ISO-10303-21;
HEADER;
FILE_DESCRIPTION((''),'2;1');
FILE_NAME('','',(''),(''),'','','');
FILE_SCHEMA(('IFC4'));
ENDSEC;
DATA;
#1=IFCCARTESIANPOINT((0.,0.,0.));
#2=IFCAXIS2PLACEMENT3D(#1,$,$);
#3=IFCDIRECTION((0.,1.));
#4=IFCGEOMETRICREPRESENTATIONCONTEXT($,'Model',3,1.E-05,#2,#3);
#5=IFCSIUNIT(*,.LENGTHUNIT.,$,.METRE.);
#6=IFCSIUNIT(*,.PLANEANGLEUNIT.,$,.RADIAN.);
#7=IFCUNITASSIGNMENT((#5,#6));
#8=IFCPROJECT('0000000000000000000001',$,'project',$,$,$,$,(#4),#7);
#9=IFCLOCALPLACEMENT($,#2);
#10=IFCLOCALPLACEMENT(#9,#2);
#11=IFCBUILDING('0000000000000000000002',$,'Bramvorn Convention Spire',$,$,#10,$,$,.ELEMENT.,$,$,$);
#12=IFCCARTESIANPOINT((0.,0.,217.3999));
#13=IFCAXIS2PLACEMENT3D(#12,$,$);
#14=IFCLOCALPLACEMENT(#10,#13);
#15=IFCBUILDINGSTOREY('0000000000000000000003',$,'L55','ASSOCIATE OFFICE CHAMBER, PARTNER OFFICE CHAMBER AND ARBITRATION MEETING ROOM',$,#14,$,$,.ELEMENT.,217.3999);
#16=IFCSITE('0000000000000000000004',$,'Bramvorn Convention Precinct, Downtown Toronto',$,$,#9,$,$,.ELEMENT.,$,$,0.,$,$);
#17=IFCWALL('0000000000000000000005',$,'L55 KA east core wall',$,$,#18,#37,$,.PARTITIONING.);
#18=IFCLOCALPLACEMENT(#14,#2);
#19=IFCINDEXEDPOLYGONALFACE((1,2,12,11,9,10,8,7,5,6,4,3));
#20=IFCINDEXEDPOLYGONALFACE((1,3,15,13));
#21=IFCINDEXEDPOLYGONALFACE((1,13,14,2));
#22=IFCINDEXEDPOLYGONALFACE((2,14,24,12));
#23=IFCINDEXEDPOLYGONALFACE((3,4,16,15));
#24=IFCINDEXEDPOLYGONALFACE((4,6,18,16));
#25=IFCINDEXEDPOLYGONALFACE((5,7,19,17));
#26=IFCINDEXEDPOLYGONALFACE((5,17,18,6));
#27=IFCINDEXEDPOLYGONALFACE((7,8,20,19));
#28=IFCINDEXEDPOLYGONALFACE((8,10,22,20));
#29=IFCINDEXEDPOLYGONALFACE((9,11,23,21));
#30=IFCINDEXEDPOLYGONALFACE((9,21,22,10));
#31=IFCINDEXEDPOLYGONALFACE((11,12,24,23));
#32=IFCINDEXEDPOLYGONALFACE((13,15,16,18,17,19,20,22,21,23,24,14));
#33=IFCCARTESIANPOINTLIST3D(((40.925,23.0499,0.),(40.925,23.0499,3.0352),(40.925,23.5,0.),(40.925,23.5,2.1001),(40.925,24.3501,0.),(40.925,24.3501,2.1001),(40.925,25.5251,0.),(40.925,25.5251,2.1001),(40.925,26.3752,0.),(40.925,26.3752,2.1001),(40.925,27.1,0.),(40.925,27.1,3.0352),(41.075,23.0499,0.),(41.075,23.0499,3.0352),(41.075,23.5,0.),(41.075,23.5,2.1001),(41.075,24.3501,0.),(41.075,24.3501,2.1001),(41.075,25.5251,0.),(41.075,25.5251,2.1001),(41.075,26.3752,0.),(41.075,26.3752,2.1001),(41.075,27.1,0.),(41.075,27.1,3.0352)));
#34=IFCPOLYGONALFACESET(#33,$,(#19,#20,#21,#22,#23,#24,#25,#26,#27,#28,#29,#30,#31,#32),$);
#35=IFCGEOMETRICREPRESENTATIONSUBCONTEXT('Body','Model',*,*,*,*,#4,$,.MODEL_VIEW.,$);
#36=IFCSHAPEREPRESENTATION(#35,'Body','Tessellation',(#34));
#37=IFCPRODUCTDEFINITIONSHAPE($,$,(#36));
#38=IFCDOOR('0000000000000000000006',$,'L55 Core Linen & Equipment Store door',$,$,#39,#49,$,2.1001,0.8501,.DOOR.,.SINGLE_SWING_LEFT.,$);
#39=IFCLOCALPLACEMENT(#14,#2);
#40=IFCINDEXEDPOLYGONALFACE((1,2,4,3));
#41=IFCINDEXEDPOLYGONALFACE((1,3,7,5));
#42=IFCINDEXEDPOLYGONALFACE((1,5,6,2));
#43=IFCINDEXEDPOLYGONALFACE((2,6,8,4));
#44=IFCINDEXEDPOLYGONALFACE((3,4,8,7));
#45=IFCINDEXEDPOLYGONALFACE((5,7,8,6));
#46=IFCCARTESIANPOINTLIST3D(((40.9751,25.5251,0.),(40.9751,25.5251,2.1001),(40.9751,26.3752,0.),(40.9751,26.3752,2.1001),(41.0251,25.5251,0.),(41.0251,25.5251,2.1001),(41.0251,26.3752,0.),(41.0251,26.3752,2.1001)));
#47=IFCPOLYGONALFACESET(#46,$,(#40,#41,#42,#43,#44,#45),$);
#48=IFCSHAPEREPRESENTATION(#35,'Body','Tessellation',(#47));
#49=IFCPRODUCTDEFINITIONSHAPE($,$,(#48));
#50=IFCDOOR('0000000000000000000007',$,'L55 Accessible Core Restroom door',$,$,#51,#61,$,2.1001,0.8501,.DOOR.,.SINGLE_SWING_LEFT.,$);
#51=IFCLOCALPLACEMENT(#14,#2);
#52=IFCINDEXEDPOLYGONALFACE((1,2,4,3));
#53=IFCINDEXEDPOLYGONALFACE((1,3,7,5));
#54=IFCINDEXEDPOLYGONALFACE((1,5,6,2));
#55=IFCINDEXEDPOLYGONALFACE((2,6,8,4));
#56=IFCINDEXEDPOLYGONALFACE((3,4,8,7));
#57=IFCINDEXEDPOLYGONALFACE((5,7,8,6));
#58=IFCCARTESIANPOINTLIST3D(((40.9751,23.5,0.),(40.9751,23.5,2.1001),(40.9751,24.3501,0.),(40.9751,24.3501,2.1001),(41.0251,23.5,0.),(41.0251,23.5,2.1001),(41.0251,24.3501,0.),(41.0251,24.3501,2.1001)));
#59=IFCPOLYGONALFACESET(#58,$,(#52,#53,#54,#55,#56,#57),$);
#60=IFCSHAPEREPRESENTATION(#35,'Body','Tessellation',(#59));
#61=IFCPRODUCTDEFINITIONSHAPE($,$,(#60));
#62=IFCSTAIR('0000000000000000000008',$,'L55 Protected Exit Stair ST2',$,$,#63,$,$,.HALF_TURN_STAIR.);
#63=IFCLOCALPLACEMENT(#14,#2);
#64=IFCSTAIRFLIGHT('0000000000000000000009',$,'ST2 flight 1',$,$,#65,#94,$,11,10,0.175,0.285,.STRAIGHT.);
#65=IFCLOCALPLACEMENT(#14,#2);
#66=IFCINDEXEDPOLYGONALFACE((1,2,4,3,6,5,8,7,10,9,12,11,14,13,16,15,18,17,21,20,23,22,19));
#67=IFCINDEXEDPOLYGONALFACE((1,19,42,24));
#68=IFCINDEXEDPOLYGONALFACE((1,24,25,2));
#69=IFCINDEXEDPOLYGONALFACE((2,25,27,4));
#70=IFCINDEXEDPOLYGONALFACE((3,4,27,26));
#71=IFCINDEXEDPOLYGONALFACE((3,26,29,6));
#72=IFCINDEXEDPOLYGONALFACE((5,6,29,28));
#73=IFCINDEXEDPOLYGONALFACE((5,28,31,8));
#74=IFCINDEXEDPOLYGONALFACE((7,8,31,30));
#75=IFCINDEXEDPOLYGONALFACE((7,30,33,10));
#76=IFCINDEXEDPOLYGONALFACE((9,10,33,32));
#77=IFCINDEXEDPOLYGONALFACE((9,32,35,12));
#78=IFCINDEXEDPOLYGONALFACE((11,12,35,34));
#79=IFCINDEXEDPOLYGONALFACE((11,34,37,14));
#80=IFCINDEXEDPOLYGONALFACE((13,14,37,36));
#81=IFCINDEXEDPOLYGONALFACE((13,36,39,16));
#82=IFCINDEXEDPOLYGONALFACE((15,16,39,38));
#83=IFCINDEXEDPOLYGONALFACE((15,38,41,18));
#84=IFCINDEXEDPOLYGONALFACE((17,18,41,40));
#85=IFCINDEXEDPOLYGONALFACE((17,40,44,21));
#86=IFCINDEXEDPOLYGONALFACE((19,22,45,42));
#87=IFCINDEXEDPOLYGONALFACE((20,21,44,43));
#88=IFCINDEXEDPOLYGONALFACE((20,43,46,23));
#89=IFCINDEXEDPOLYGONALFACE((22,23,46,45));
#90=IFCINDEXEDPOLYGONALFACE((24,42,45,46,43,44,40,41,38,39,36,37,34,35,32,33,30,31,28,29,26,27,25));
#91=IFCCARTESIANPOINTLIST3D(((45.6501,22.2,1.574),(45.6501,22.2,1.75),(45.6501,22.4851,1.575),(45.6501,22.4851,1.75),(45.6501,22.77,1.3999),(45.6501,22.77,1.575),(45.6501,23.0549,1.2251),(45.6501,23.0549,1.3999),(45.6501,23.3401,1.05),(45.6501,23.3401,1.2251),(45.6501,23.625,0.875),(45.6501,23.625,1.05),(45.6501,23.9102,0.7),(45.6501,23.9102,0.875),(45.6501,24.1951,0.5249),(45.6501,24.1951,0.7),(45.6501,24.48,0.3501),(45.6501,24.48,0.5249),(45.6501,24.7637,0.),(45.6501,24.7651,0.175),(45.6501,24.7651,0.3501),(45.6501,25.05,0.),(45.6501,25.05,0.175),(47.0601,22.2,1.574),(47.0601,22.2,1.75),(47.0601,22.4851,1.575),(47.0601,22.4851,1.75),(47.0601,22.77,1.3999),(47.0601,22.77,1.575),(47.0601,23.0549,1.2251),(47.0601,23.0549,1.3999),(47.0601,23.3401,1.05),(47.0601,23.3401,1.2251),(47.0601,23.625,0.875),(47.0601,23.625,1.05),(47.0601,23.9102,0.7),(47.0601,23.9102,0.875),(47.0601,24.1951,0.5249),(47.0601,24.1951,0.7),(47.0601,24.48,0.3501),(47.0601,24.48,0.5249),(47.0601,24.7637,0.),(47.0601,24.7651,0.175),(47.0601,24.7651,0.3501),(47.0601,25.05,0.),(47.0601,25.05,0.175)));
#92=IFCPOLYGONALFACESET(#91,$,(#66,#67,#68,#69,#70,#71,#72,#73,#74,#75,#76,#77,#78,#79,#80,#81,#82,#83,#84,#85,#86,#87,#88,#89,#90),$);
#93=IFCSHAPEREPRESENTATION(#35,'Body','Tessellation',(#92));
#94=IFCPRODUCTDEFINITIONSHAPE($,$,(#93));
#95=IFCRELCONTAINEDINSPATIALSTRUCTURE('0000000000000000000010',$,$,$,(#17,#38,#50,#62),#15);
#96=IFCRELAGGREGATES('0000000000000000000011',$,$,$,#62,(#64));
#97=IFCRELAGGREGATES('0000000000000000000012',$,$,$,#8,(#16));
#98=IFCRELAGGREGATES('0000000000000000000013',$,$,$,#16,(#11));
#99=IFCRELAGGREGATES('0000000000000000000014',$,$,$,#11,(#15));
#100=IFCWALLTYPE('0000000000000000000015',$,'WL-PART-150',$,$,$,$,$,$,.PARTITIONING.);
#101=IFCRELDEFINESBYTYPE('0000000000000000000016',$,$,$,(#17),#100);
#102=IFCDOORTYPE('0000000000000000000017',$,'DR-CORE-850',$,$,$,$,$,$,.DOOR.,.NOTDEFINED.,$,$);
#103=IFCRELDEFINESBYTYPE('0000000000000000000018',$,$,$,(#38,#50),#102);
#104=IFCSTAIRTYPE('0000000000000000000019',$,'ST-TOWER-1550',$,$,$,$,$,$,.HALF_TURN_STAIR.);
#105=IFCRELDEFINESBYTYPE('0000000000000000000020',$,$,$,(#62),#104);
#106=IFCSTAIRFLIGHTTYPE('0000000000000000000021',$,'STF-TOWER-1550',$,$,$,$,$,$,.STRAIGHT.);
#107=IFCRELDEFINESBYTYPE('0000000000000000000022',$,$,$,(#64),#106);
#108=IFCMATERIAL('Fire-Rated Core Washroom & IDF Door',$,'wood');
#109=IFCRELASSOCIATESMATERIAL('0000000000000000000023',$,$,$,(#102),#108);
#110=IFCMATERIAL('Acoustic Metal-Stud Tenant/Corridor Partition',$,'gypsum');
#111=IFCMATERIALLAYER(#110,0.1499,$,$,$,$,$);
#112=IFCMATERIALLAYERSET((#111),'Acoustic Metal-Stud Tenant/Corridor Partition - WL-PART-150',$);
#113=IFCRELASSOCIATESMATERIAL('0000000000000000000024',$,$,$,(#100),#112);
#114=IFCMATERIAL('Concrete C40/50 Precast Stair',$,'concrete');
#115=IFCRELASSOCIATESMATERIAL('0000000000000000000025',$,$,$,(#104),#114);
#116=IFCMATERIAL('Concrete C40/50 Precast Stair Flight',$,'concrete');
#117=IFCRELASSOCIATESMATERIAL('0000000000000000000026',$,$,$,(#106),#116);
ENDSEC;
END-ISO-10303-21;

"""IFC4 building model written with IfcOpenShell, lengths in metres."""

from ifc_helpers import new_model, si_unit, direction, frame, frame_2d, origin, place, context, subcontext, project, spatial, polyline, rectangle, outline, extrude, material, layer, layer_set, type_object, element, fill, aggregate, save


model = new_model("IFC4")

# Units and contexts
model_context = context("Model", 3, precision=1e-05, world=origin(), true_north=direction((0.0, 1.0)))
body_context = subcontext(model_context, "Body", "Model", "MODEL_VIEW")
ifc_project = project(units=[si_unit("LENGTHUNIT", "METRE"), si_unit("PLANEANGLEUNIT", "RADIAN")], contexts=[model_context])

# Site, building, storey
site_placement = place(None, origin())
site = spatial("IfcSite", under=ifc_project, at=site_placement, Name="Bramvorn Convention Precinct, Downtown Toronto", CompositionType="ELEMENT", RefElevation=0.0)
building_placement = place(site_placement, origin())
building = spatial("IfcBuilding", under=site, at=building_placement, Name="Bramvorn Convention Spire", CompositionType="ELEMENT")
storey_placement = place(building_placement, frame((0.0, 0.0, 217.3999)))
storey = spatial("IfcBuildingStorey", under=building, at=storey_placement, Name="L55", Description="ASSOCIATE OFFICE CHAMBER, PARTNER OFFICE CHAMBER AND ARBITRATION MEETING ROOM", CompositionType="ELEMENT", Elevation=217.3999)

# Shared definitions
ifc_material_1 = material(Name="Fire-Rated Core Washroom & IDF Door", Category="wood")
door_type_1 = type_object("IfcDoorType", Name="DR-CORE-850", OperationType="NOTDEFINED", PredefinedType="DOOR", material=ifc_material_1)

# Shared definitions
ifc_material_2 = material(Name="Acoustic Metal-Stud Tenant/Corridor Partition", Category="gypsum")
ifc_layer_1 = layer(ifc_material_2, 0.1499)
ifc_layer_set_1 = layer_set([ifc_layer_1], Name="Acoustic Metal-Stud Tenant/Corridor Partition - WL-PART-150")
wall_type_1 = type_object("IfcWallType", Name="WL-PART-150", PredefinedType="PARTITIONING", material=ifc_layer_set_1)

# Wall, openings, doors
wall_1_placement = place(storey_placement, frame((41.0, 23.05, 0.0), z_axis=(0.0, 0.0, 1.0), x_axis=(0.0, 1.0, 0.0)))
wall_1 = element("IfcWall", 1, at=wall_1_placement, inside=storey, type_object=wall_type_1, Name="L55 KA east core wall", PredefinedType="PARTITIONING", context=body_context, shape_type="SweptSolid", body=[
    extrude(rectangle(XDim=4.05, YDim=0.1499, at=frame_2d((2.0249, 0.0))), origin(), (0.0, 0.0, 1.0), 3.0352),
])
opening_1_placement = place(wall_1_placement, frame((2.4751, 0.0, 0.0)))
opening_1 = element("IfcOpeningElement", 2, at=opening_1_placement, cuts=wall_1, PredefinedType="OPENING", context=body_context, shape_type="SweptSolid", body=[
    extrude(rectangle(XDim=0.8501, YDim=2.1001, at=frame_2d((0.425, 1.05))), frame((0.0, 0.085, 0.0), z_axis=(0.0, -1.0, 0.0), x_axis=(1.0, 0.0, 0.0)), (0.0, 0.0, 1.0), 0.1699),
])
opening_2_placement = place(wall_1_placement, frame((0.45, 0.0, 0.0)))
opening_2 = element("IfcOpeningElement", 3, at=opening_2_placement, cuts=wall_1, PredefinedType="OPENING", context=body_context, shape_type="SweptSolid", body=[
    extrude(rectangle(XDim=0.8501, YDim=2.1001, at=frame_2d((0.425, 1.05))), frame((0.0, 0.085, 0.0), z_axis=(0.0, -1.0, 0.0), x_axis=(1.0, 0.0, 0.0)), (0.0, 0.0, 1.0), 0.1699),
])
door_1_placement = place(opening_1_placement, origin())
door_1 = element("IfcDoor", 4, at=door_1_placement, inside=storey, type_object=door_type_1, Name="L55 Core Linen & Equipment Store door", OperationType="SINGLE_SWING_LEFT", OverallHeight=2.1001, OverallWidth=0.8501, PredefinedType="DOOR", context=body_context, shape_type="SweptSolid", body=[
    extrude(rectangle(XDim=0.8501, YDim=2.1001, at=frame_2d((0.425, 1.05))), frame((0.0, 0.0249, 0.0), z_axis=(0.0, -1.0, 0.0), x_axis=(1.0, 0.0, 0.0)), (0.0, 0.0, 1.0), 0.05),
])
fill(opening_1, door_1)
door_2_placement = place(opening_2_placement, origin())
door_2 = element("IfcDoor", 5, at=door_2_placement, inside=storey, type_object=door_type_1, Name="L55 Accessible Core Restroom door", OperationType="SINGLE_SWING_LEFT", OverallHeight=2.1001, OverallWidth=0.8501, PredefinedType="DOOR", context=body_context, shape_type="SweptSolid", body=[
    extrude(rectangle(XDim=0.8501, YDim=2.1001, at=frame_2d((0.425, 1.05))), frame((0.0, 0.0249, 0.0), z_axis=(0.0, -1.0, 0.0), x_axis=(1.0, 0.0, 0.0)), (0.0, 0.0, 1.0), 0.05),
])
fill(opening_2, door_2)

# Stair, stair flight
ifc_material_3 = material(Name="Concrete C40/50 Precast Stair", Category="concrete")
stair_type = type_object("IfcStairType", Name="ST-TOWER-1550", PredefinedType="HALF_TURN_STAIR", material=ifc_material_3)
stair_placement = place(storey_placement, origin())
stair = element("IfcStair", 6, at=stair_placement, inside=storey, type_object=stair_type, Name="L55 Protected Exit Stair ST2", PredefinedType="HALF_TURN_STAIR")
ifc_material_4 = material(Name="Concrete C40/50 Precast Stair Flight", Category="concrete")
stair_flight_type = type_object("IfcStairFlightType", Name="STF-TOWER-1550", PredefinedType="STRAIGHT", material=ifc_material_4)
stair_flight_placement = place(storey_placement, frame((46.355, 25.05, 0.0), z_axis=(0.0, 0.0, 1.0), x_axis=(0.0, -1.0, 0.0)))
stair_flight = element("IfcStairFlight", 7, at=stair_flight_placement, type_object=stair_flight_type, Name="ST2 flight 1", NumberOfRisers=11, NumberOfTreads=10, PredefinedType="STRAIGHT", RiserHeight=0.175, TreadLength=0.285, context=body_context, shape_type="SweptSolid", body=[
    extrude(outline(polyline([(0.0, 0.0), (0.0, 0.175), (0.2849, 0.175), (0.2849, 0.3501), (0.5701, 0.3501), (0.5701, 0.5249), (0.855, 0.5249), (0.855, 0.7), (1.1399, 0.7), (1.1399, 0.875), (1.425, 0.875), (1.425, 1.05), (1.71, 1.05), (1.71, 1.2251), (1.9951, 1.2251), (1.9951, 1.3999), (2.28, 1.3999), (2.28, 1.575), (2.5649, 1.575), (2.5649, 1.75), (2.8501, 1.75), (2.8501, 1.925), (2.8501, 1.574), (0.2864, 0.0), (0.0, 0.0)])), frame((0.0, 0.7051, 0.0), z_axis=(0.0, -1.0, 0.0), x_axis=(1.0, 0.0, 0.0)), (0.0, 0.0, 1.0), 1.4099),
])
aggregate(stair, [stair_flight])

save(model, "model.ifc")
